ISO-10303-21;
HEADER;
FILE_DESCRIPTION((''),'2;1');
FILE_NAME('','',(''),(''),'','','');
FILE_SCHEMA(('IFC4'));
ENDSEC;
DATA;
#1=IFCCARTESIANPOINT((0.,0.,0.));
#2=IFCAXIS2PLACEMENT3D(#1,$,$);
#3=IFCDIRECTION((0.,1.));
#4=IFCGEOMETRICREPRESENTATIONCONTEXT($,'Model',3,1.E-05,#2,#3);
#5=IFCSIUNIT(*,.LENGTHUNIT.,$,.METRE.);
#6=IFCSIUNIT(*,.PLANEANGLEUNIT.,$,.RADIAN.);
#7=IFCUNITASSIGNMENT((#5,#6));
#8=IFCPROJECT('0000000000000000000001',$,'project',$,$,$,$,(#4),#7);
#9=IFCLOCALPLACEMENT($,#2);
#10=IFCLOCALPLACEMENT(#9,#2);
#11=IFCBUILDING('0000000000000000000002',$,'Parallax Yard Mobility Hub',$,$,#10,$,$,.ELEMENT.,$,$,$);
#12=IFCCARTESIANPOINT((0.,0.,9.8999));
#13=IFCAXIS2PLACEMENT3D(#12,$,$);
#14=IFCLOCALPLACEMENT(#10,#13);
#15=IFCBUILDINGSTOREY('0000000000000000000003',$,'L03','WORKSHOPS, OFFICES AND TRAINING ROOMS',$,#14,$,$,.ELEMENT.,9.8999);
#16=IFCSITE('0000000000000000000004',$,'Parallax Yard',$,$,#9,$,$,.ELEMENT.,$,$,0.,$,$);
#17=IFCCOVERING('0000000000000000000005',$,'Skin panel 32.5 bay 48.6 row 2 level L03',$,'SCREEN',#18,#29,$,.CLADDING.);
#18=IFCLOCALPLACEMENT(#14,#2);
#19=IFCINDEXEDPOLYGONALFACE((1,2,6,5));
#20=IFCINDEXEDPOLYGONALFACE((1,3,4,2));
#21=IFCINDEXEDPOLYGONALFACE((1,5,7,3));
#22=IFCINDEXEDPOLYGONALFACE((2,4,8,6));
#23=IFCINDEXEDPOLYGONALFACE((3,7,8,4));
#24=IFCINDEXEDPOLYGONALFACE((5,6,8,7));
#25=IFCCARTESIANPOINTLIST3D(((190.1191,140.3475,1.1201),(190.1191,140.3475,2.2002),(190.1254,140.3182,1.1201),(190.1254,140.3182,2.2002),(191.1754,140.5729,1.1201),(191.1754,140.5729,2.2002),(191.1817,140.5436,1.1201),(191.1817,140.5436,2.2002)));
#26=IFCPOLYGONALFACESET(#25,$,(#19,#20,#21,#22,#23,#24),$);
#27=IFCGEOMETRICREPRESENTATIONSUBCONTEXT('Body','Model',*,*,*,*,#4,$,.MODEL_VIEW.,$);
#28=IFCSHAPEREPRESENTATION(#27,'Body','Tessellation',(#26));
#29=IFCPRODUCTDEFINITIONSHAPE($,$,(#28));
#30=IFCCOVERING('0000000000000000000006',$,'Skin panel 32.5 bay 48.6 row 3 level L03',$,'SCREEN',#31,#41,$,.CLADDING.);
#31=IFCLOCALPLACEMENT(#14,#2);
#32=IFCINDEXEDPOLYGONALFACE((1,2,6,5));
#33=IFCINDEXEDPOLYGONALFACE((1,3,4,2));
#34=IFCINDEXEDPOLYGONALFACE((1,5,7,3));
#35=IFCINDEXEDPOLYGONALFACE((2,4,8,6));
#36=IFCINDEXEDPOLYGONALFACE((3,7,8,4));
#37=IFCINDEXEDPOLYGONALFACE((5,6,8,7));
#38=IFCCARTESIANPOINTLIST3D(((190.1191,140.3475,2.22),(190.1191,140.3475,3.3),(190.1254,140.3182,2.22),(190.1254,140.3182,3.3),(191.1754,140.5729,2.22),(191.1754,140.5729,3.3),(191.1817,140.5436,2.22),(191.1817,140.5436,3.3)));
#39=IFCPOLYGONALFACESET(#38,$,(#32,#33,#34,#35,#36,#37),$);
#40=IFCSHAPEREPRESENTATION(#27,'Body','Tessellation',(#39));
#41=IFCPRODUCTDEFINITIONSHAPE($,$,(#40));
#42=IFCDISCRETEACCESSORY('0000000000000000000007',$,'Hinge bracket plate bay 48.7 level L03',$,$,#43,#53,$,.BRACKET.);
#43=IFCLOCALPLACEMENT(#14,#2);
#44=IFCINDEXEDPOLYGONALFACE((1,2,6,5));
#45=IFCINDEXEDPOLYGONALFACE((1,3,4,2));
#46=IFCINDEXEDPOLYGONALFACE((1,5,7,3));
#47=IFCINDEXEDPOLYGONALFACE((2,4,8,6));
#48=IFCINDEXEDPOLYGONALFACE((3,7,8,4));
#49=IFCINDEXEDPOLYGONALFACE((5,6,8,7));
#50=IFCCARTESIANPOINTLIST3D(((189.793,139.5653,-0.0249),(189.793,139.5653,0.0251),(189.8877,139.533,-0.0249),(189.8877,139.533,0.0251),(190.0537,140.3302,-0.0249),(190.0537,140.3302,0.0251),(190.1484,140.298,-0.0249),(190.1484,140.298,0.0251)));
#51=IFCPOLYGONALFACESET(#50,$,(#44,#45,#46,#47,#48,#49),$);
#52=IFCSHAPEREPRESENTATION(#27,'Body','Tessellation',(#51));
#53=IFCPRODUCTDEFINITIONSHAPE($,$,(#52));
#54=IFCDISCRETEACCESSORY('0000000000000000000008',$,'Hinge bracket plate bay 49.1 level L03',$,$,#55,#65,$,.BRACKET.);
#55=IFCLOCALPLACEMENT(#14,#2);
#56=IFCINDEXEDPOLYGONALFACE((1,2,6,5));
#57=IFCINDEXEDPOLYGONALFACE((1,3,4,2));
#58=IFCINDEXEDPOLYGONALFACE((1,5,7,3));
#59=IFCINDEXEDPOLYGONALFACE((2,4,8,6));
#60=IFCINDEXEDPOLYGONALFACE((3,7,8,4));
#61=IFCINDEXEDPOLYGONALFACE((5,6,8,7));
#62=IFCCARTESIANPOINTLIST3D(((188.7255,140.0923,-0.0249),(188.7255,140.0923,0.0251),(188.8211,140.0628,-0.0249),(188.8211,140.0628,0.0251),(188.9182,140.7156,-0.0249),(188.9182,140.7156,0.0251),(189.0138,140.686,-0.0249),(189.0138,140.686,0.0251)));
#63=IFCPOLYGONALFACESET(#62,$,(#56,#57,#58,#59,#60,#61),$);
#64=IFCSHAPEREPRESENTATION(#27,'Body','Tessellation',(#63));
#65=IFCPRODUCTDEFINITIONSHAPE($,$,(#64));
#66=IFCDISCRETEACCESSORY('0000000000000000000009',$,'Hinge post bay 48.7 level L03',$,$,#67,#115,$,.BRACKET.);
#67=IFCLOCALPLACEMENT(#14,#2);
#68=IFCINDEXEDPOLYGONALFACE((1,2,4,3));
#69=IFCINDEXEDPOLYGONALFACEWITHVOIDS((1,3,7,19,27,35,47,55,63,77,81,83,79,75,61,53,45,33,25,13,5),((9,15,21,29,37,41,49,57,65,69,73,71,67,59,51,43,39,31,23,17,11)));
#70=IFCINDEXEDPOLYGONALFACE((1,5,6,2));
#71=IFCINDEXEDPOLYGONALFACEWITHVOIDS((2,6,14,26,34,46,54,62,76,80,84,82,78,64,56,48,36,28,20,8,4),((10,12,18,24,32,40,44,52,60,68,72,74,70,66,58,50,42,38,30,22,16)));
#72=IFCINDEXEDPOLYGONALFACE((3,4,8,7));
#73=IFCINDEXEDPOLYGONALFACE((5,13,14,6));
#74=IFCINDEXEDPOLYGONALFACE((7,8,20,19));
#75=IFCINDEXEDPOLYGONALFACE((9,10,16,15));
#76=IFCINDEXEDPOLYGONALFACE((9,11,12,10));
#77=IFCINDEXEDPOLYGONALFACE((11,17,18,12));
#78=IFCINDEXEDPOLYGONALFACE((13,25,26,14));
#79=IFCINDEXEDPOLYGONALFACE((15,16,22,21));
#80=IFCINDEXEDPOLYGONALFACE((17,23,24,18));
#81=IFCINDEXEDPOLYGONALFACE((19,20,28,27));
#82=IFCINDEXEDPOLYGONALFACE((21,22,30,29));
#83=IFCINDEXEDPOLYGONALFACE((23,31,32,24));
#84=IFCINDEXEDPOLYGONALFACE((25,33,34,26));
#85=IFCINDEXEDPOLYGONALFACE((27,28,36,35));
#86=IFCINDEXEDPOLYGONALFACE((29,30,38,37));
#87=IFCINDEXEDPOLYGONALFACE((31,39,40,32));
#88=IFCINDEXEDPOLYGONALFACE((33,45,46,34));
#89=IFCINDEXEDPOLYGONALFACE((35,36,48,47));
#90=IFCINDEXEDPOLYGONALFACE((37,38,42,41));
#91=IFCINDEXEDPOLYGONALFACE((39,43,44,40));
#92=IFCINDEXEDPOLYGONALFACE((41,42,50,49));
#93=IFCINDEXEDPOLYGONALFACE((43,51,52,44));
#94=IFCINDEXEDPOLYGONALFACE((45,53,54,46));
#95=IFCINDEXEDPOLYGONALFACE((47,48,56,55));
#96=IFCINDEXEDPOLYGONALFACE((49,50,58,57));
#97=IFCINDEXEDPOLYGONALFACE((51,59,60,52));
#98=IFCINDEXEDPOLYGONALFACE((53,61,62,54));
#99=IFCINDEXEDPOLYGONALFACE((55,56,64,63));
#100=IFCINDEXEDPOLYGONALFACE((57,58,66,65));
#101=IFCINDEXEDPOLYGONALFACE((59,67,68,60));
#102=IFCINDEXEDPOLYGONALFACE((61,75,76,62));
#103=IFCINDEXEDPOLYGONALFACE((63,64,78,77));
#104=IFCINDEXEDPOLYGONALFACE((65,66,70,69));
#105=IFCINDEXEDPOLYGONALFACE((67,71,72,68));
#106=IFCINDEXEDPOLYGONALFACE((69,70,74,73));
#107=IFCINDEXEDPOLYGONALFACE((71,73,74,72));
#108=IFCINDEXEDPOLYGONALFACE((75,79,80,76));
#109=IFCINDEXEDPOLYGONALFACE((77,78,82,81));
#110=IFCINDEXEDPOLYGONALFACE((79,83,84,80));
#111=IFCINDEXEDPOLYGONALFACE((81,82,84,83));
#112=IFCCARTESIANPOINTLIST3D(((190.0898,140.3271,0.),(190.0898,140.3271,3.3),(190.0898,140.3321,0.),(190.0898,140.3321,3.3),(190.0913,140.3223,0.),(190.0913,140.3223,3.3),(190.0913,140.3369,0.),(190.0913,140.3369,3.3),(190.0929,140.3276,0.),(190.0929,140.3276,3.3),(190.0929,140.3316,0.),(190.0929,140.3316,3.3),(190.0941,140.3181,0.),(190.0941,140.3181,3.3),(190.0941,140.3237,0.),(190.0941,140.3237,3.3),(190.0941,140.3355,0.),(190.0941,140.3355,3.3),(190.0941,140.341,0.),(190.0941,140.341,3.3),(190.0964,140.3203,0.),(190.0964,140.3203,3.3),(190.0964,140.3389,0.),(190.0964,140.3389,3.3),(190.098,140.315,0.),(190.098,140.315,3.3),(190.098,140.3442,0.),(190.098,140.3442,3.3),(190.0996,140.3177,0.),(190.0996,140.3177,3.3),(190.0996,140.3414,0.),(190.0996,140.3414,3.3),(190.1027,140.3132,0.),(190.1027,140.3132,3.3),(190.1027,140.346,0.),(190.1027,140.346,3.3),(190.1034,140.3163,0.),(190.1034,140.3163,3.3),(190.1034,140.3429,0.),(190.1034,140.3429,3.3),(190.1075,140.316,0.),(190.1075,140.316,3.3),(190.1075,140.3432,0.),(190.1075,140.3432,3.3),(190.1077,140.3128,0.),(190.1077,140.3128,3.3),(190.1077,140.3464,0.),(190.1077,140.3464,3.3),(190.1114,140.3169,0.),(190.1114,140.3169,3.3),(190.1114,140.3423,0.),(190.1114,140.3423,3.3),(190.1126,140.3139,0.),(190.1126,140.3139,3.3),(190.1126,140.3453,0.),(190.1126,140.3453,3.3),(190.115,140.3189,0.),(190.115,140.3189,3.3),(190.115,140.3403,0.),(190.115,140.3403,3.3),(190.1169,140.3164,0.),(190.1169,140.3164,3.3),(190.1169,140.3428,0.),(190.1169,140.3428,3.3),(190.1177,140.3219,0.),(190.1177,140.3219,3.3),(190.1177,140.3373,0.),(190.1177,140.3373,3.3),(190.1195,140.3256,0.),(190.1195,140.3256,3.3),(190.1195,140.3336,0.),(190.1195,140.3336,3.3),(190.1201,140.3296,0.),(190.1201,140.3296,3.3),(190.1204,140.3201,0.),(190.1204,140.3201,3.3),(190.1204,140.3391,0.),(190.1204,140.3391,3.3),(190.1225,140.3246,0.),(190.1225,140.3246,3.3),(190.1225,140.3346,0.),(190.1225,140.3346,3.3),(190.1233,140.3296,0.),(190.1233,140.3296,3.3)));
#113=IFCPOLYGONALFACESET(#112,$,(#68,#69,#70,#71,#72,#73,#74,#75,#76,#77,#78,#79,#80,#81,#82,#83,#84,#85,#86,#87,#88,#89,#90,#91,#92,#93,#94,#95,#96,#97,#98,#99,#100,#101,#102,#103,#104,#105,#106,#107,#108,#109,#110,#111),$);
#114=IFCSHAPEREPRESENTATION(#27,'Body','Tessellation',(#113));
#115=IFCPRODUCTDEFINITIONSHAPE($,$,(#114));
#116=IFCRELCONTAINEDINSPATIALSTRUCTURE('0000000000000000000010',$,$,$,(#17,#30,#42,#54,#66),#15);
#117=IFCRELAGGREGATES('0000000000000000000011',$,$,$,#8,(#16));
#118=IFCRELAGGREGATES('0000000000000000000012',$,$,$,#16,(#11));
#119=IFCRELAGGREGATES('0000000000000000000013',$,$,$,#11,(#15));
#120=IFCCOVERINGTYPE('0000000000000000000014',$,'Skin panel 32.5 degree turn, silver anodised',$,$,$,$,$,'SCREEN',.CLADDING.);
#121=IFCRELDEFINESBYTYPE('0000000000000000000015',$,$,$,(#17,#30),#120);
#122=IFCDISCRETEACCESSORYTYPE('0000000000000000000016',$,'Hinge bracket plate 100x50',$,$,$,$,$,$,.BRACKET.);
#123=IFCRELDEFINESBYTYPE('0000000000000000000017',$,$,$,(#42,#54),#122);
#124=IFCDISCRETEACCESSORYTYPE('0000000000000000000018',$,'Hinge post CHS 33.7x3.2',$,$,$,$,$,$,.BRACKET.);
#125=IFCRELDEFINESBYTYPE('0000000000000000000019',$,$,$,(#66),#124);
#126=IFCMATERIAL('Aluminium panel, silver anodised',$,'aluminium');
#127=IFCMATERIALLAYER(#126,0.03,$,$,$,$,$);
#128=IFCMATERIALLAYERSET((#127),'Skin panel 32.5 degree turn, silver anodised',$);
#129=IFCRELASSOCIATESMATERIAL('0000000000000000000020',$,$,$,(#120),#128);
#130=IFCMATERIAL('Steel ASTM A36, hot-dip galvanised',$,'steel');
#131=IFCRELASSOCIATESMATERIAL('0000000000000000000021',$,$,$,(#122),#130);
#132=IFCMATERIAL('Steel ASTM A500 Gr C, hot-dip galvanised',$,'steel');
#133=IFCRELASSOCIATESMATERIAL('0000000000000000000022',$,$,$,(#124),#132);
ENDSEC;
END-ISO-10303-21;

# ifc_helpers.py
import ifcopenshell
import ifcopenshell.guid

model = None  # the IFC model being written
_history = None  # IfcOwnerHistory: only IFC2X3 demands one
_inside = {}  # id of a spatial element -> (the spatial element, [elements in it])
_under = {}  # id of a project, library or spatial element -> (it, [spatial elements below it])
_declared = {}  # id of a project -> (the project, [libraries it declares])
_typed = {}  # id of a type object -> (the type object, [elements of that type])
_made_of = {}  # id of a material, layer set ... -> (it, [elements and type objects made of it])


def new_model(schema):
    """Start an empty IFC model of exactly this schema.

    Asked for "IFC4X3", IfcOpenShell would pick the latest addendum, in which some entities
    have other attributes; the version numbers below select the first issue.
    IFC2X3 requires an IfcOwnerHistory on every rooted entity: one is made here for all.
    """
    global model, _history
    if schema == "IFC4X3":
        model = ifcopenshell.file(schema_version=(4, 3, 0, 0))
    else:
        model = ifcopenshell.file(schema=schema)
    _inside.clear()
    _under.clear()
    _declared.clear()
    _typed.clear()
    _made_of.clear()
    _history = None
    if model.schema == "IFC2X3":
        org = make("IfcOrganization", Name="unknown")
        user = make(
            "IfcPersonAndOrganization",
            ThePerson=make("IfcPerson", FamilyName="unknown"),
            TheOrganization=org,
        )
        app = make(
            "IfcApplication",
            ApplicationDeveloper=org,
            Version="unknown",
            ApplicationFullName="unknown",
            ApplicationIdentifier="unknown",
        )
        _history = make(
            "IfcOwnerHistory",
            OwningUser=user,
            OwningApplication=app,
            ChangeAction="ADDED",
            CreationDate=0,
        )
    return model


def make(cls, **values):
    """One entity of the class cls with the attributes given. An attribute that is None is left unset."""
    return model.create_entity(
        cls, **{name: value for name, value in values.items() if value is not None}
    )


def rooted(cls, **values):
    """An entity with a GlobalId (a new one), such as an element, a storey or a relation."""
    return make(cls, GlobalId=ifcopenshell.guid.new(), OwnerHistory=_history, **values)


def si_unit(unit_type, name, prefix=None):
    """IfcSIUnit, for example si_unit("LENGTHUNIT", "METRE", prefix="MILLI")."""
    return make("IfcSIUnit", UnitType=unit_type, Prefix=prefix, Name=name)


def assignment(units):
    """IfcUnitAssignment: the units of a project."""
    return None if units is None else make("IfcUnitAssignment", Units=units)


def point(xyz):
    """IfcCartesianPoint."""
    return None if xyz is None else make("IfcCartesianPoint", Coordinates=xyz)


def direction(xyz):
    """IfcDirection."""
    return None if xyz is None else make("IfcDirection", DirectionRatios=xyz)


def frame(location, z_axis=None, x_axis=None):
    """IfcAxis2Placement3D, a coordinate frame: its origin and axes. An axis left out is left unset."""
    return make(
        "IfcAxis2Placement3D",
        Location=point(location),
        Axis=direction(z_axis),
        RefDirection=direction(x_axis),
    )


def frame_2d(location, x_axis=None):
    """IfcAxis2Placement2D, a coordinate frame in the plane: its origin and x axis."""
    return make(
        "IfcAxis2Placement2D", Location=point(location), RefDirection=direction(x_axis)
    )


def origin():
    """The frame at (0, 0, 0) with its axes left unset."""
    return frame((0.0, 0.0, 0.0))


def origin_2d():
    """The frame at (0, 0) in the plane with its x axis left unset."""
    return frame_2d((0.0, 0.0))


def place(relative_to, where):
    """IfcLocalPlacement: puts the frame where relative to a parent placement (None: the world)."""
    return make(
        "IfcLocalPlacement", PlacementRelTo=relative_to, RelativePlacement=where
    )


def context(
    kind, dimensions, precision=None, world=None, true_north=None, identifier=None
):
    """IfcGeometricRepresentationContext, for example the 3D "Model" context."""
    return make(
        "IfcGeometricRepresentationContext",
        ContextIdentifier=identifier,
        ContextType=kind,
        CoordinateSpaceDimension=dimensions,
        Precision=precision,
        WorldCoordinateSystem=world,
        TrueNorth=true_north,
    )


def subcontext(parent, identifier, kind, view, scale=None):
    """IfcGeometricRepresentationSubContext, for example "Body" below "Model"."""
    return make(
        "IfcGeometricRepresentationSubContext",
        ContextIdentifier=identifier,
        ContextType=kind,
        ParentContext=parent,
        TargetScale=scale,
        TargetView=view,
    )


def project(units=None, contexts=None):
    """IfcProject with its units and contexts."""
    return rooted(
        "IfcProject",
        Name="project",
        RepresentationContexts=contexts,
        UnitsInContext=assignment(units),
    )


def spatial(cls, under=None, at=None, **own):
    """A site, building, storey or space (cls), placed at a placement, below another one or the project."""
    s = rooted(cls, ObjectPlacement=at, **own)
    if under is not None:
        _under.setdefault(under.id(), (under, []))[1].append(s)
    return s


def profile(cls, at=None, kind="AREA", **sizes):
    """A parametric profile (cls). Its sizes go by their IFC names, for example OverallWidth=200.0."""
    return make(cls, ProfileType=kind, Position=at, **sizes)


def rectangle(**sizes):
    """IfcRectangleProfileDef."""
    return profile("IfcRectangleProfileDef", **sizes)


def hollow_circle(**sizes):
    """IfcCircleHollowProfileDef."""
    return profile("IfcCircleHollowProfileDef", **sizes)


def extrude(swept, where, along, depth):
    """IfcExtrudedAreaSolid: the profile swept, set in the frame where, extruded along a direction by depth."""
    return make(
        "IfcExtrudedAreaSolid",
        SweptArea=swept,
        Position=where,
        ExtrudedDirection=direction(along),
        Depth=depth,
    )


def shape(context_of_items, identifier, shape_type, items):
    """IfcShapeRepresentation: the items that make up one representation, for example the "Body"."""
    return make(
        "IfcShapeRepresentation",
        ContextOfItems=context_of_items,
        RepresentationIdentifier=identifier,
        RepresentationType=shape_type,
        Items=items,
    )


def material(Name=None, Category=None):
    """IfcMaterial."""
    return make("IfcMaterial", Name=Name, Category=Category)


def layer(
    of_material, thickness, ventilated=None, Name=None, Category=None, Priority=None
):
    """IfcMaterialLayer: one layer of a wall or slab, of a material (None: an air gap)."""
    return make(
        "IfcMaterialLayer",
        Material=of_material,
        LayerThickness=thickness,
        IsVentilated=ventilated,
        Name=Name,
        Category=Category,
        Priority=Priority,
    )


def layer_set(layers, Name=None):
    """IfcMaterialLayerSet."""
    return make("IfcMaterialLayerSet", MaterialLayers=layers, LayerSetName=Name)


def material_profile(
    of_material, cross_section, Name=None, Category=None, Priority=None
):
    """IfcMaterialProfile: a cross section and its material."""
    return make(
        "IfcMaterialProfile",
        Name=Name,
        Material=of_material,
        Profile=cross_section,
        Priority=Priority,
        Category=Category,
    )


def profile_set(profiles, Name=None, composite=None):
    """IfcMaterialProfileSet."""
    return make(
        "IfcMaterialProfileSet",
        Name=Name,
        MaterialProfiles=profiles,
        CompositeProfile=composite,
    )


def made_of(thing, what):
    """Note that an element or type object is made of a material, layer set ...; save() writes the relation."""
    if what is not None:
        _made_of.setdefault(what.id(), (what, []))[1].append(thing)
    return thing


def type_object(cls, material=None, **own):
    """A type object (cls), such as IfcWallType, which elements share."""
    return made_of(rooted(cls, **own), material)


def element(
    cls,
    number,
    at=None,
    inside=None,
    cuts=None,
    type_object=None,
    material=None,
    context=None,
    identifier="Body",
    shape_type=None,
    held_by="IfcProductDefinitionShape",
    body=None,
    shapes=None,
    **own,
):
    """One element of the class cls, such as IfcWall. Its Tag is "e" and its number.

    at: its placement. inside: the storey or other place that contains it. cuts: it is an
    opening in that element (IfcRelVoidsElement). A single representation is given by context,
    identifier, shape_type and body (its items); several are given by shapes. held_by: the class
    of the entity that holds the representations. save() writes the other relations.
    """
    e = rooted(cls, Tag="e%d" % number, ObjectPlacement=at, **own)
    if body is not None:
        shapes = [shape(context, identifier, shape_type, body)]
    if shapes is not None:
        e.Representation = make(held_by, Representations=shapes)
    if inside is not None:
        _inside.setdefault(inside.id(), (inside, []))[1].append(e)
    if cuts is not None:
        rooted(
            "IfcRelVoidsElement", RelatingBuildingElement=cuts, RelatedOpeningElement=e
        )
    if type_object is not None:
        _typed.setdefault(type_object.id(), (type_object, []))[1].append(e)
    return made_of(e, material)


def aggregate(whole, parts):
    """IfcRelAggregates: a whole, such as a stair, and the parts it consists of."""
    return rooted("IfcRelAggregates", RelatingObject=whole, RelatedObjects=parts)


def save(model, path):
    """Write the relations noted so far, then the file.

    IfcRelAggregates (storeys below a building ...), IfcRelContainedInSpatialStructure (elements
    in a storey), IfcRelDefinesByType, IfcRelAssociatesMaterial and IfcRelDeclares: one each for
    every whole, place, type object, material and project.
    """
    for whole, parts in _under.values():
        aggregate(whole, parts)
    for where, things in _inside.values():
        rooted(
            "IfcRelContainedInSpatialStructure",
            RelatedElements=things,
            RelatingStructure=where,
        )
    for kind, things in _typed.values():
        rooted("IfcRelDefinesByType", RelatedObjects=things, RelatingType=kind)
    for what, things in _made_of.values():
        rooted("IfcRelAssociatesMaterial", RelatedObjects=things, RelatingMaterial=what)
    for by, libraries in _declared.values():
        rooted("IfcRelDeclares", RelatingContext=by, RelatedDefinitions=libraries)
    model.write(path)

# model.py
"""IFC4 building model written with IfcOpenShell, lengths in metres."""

from ifc_helpers import new_model, si_unit, direction, frame, origin, origin_2d, place, context, subcontext, project, spatial, rectangle, hollow_circle, extrude, material, layer, layer_set, material_profile, profile_set, type_object, element, save


model = new_model("IFC4")

# Units and contexts
model_context = context("Model", 3, precision=1e-05, world=origin(), true_north=direction((0.0, 1.0)))
body_context = subcontext(model_context, "Body", "Model", "MODEL_VIEW")
ifc_project = project(units=[si_unit("LENGTHUNIT", "METRE"), si_unit("PLANEANGLEUNIT", "RADIAN")], contexts=[model_context])

# Site, building, storey
site_placement = place(None, origin())
site = spatial("IfcSite", under=ifc_project, at=site_placement, Name="Parallax Yard", CompositionType="ELEMENT", RefElevation=0.0)
building_placement = place(site_placement, origin())
building = spatial("IfcBuilding", under=site, at=building_placement, Name="Parallax Yard Mobility Hub", CompositionType="ELEMENT")
storey_placement = place(building_placement, frame((0.0, 0.0, 9.8999)))
storey = spatial("IfcBuildingStorey", under=building, at=storey_placement, Name="L03", Description="WORKSHOPS, OFFICES AND TRAINING ROOMS", CompositionType="ELEMENT", Elevation=9.8999)

# Coverings
ifc_material_1 = material(Name="Aluminium panel, silver anodised", Category="aluminium")
ifc_layer_1 = layer(ifc_material_1, 0.03)
ifc_layer_set_1 = layer_set([ifc_layer_1], Name="Skin panel 32.5 degree turn, silver anodised")
covering_type_1 = type_object("IfcCoveringType", Name="Skin panel 32.5 degree turn, silver anodised", ElementType="SCREEN", PredefinedType="CLADDING", material=ifc_layer_set_1)
for number, where, z_axis, x_axis, name in (
    (1, (190.6504, 140.4456, 1.1201), (0.0, 0.0, 1.0), (0.977982, 0.208688, 0.0), "Skin panel 32.5 bay 48.6 row 2 level L03"),
    (2, (190.6504, 140.4456, 2.22), (0.0, 0.0, 1.0), (0.977982, 0.208688, 0.0), "Skin panel 32.5 bay 48.6 row 3 level L03"),
):
    element("IfcCovering", number, at=place(storey_placement, frame(where, z_axis=z_axis, x_axis=x_axis)), inside=storey, type_object=covering_type_1, Name=name, ObjectType="SCREEN", PredefinedType="CLADDING", context=body_context, shape_type="SweptSolid", body=[
        extrude(rectangle(XDim=1.0801, YDim=0.03, at=origin_2d()), origin(), (0.0, 0.0, 1.0), 1.0801),
    ])

# Discrete accessories
ifc_material_2 = material(Name="Steel ASTM A36, hot-dip galvanised", Category="steel")
discrete_accessory_type_1 = type_object("IfcDiscreteAccessoryType", Name="Hinge bracket plate 100x50", PredefinedType="BRACKET", material=ifc_material_2)
discrete_accessory_1_placement = place(storey_placement, frame((189.9707, 139.9316, -0.0249), z_axis=(0.0, 0.0, 1.0), x_axis=(0.322566, 0.946547, 0.0)))
element("IfcDiscreteAccessory", 3, at=discrete_accessory_1_placement, inside=storey, type_object=discrete_accessory_type_1, Name="Hinge bracket plate bay 48.7 level L03", PredefinedType="BRACKET", context=body_context, shape_type="SweptSolid", body=[
    extrude(rectangle(XDim=0.8081, YDim=0.1001, at=origin_2d()), origin(), (0.0, 0.0, 1.0), 0.05),
])
discrete_accessory_2_placement = place(storey_placement, frame((188.8696, 140.3892, -0.0249), z_axis=(0.0, 0.0, 1.0), x_axis=(0.295405, 0.955372, 0.0)))
element("IfcDiscreteAccessory", 4, at=discrete_accessory_2_placement, inside=storey, type_object=discrete_accessory_type_1, Name="Hinge bracket plate bay 49.1 level L03", PredefinedType="BRACKET", context=body_context, shape_type="SweptSolid", body=[
    extrude(rectangle(XDim=0.6523, YDim=0.1001, at=origin_2d()), origin(), (0.0, 0.0, 1.0), 0.05),
])
ifc_material_3 = material(Name="Steel ASTM A500 Gr C, hot-dip galvanised", Category="steel")
ifc_material_profile_1 = material_profile(ifc_material_3, hollow_circle(Radius=0.0168, WallThickness=0.0032, at=origin_2d()), Name="CHS 33.7x3.2")
ifc_profile_set_1 = profile_set([ifc_material_profile_1], Name="Steel ASTM A500 Gr C, hot-dip galvanised")
discrete_accessory_type_2 = type_object("IfcDiscreteAccessoryType", Name="Hinge post CHS 33.7x3.2", PredefinedType="BRACKET", material=ifc_profile_set_1)
discrete_accessory_3_placement = place(storey_placement, frame((190.1064, 140.3296, 0.0), z_axis=(0.0, 0.0, 1.0), x_axis=(1.0, 0.0, 0.0)))
element("IfcDiscreteAccessory", 5, at=discrete_accessory_3_placement, inside=storey, type_object=discrete_accessory_type_2, Name="Hinge post bay 48.7 level L03", PredefinedType="BRACKET", context=body_context, shape_type="SweptSolid", body=[
    extrude(hollow_circle(Radius=0.0168, WallThickness=0.0032, at=origin_2d()), origin(), (0.0, 0.0, 1.0), 3.3),
])

save(model, "model.ifc")
